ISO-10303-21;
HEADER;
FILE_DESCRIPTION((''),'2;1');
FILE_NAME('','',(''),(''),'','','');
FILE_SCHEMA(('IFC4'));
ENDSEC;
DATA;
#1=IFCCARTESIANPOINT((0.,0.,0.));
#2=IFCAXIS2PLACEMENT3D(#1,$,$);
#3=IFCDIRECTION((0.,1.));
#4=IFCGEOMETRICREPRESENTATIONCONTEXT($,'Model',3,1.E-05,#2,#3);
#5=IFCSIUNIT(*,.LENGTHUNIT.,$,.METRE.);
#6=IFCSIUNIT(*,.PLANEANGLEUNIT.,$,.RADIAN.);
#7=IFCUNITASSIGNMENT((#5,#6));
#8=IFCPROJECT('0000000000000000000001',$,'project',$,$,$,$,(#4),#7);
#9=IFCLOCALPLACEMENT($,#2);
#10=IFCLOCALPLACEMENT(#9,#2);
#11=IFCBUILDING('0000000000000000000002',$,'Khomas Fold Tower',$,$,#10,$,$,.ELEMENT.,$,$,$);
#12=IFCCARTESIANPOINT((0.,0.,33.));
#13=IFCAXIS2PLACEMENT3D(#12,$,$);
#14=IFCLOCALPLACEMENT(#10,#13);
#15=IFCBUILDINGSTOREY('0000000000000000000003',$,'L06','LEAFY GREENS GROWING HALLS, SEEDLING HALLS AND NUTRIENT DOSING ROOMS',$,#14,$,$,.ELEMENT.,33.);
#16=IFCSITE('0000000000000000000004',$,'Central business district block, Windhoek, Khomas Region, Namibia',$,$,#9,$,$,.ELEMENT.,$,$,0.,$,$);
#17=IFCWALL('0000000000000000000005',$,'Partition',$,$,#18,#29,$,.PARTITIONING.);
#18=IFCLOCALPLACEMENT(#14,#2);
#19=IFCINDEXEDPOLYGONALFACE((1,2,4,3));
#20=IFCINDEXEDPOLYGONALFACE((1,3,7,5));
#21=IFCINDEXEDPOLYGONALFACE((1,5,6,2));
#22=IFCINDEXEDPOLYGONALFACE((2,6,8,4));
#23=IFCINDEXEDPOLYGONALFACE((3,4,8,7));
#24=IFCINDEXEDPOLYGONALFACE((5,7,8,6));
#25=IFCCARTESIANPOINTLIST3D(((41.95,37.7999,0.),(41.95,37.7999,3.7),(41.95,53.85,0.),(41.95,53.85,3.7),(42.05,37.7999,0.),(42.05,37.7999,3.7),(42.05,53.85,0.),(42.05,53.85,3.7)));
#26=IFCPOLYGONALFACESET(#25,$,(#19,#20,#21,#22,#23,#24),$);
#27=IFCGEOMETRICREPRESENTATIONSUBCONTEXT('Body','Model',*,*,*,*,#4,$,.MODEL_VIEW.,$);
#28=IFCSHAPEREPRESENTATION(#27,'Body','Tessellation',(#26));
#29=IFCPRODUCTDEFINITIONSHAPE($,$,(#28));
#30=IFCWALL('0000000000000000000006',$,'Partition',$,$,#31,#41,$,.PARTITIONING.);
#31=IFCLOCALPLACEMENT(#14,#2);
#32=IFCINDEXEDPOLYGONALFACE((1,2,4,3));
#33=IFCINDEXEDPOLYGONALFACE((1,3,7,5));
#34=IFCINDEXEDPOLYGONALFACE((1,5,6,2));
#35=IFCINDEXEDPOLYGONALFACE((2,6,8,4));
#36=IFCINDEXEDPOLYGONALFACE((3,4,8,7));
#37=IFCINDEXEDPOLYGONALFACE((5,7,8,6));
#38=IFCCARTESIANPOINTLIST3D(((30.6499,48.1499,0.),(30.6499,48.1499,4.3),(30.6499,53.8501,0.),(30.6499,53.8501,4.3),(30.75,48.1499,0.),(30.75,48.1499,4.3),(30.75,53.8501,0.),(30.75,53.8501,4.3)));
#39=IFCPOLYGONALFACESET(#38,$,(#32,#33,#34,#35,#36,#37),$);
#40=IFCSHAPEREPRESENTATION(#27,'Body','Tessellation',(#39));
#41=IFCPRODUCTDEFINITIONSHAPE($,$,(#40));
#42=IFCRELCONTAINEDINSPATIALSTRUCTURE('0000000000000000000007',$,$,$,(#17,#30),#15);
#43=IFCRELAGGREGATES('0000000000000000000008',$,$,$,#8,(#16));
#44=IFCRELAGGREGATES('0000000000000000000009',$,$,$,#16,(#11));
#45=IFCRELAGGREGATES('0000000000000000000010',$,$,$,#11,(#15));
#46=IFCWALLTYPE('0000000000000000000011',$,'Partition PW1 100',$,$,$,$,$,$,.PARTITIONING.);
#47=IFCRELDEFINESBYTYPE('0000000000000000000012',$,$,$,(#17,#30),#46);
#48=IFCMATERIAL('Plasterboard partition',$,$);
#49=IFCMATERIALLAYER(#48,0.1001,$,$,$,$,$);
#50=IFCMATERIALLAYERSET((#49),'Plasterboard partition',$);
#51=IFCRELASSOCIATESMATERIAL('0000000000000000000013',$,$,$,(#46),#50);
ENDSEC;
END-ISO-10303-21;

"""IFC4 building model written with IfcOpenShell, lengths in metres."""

from ifc_helpers import new_model, si_unit, direction, frame, frame_2d, origin, place, context, subcontext, project, spatial, rectangle, extrude, source, transform, mapped, material, layer, layer_set, type_object, element, save


model = new_model("IFC4")

# Units and contexts
model_context = context("Model", 3, precision=1e-05, world=origin(), true_north=direction((0.0, 1.0)))
body_context = subcontext(model_context, "Body", "Model", "MODEL_VIEW")
ifc_project = project(units=[si_unit("LENGTHUNIT", "METRE"), si_unit("PLANEANGLEUNIT", "RADIAN")], contexts=[model_context])

# Site, building, storey
site_placement = place(None, origin())
site = spatial("IfcSite", under=ifc_project, at=site_placement, Name="Central business district block, Windhoek, Khomas Region, Namibia", CompositionType="ELEMENT", RefElevation=0.0)
building_placement = place(site_placement, origin())
building = spatial("IfcBuilding", under=site, at=building_placement, Name="Khomas Fold Tower", CompositionType="ELEMENT")
storey_placement = place(building_placement, frame((0.0, 0.0, 33.0)))
storey = spatial("IfcBuildingStorey", under=building, at=storey_placement, Name="L06", Description="LEAFY GREENS GROWING HALLS, SEEDLING HALLS AND NUTRIENT DOSING ROOMS", CompositionType="ELEMENT", Elevation=33.0)

# Walls
ifc_material_1 = material(Name="Plasterboard partition")
ifc_layer_1 = layer(ifc_material_1, 0.1001)
ifc_layer_set_1 = layer_set([ifc_layer_1], Name="Plasterboard partition")
wall_type_1 = type_object("IfcWallType", Name="Partition PW1 100", PredefinedType="PARTITIONING", material=ifc_layer_set_1)
shared_shape_1 = source(origin(), body_context, "Body", "SweptSolid", [
    extrude(rectangle(XDim=16.05, YDim=0.1001, at=frame_2d((8.0249, 0.0))), origin(), (0.0, 0.0, 1.0), 3.7),
])
wall_1_placement = place(storey_placement, frame((42.0, 37.8, 0.0), z_axis=(0.0, 0.0, 1.0), x_axis=(0.0, 1.0, 0.0)))
element("IfcWall", 1, at=wall_1_placement, inside=storey, type_object=wall_type_1, Name="Partition", PredefinedType="PARTITIONING", context=body_context, shape_type="MappedRepresentation", body=[
    mapped(shared_shape_1, transform((0.0, 0.0, 0.0))),
])
shared_shape_2 = source(origin(), body_context, "Body", "SweptSolid", [
    extrude(rectangle(XDim=5.7002, YDim=0.1001, at=frame_2d((2.8501, 0.0))), origin(), (0.0, 0.0, 1.0), 4.3),
])
wall_2_placement = place(storey_placement, frame((30.7, 48.1499, 0.0), z_axis=(0.0, 0.0, 1.0), x_axis=(0.0, 1.0, 0.0)))
element("IfcWall", 2, at=wall_2_placement, inside=storey, type_object=wall_type_1, Name="Partition", PredefinedType="PARTITIONING", context=body_context, shape_type="MappedRepresentation", body=[
    mapped(shared_shape_2, transform((0.0, 0.0, 0.0))),
])

save(model, "model.ifc")
